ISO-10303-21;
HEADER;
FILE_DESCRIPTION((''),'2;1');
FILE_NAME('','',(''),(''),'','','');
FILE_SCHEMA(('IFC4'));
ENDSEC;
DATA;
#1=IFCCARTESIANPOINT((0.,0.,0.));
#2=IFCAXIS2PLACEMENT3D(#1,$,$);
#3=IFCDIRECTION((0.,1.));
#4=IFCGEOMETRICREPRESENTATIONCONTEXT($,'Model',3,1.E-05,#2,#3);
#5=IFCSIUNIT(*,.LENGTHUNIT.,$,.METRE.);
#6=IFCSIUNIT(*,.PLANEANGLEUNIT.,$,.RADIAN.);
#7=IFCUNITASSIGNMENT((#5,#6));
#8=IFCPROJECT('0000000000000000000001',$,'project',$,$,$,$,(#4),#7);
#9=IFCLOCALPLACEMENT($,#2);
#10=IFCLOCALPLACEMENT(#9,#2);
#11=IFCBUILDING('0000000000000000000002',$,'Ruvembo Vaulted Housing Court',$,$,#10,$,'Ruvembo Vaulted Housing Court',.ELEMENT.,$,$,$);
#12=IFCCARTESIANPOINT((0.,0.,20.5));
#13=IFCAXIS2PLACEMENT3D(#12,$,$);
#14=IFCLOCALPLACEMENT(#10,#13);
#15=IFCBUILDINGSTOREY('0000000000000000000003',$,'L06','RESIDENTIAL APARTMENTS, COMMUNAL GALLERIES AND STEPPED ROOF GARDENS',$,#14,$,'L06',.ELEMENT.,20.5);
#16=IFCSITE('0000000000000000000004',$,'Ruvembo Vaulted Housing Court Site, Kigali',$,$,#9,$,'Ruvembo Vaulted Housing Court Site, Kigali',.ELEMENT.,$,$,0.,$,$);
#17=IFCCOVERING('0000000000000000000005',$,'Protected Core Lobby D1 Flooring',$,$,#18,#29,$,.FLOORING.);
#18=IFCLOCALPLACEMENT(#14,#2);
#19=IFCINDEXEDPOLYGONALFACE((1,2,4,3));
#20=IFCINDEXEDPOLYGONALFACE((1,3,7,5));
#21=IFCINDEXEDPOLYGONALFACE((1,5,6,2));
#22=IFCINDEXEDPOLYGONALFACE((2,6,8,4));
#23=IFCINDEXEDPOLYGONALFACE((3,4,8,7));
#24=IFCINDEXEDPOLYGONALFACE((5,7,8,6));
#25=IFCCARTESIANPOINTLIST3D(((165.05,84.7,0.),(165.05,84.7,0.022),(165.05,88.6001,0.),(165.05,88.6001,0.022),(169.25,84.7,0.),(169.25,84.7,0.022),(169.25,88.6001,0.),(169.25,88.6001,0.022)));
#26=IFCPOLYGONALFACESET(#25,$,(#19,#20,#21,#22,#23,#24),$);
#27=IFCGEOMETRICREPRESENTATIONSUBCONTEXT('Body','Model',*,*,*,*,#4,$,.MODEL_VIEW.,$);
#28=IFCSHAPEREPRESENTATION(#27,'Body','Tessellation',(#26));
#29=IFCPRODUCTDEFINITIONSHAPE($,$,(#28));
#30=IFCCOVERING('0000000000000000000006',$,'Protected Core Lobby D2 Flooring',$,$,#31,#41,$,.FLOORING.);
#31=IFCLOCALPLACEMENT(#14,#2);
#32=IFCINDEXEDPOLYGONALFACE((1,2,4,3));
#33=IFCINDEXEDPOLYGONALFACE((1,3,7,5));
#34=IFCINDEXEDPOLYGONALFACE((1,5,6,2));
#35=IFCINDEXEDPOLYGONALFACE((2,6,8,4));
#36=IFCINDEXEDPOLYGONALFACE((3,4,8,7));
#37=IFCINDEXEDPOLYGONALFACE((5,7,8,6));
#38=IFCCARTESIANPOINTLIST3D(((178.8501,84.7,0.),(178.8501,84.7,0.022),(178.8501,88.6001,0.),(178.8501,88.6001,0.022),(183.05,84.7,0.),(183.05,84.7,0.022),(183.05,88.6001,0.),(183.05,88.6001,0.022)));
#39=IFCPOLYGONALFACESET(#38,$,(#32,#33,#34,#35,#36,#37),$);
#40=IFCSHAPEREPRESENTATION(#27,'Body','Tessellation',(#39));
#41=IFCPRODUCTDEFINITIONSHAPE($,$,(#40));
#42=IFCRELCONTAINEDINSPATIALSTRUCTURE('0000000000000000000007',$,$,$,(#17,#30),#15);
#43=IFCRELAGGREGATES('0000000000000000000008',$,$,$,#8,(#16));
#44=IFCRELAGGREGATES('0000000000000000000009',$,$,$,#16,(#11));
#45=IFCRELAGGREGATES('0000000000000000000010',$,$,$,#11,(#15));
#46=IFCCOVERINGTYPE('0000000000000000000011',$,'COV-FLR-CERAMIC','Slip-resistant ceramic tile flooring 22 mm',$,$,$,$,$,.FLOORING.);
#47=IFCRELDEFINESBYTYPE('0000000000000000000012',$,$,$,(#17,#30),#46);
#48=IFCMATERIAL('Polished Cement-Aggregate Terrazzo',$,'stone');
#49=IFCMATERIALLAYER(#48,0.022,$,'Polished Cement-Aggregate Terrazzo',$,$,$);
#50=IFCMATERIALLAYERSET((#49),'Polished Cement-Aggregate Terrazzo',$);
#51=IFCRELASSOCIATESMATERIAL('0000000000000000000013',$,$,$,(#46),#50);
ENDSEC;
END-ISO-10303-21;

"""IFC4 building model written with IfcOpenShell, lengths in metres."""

from ifc_helpers import new_model, si_unit, direction, frame, origin, place, context, subcontext, project, spatial, polyline, outline, extrude, material, layer, layer_set, type_object, element, save


model = new_model("IFC4")

# Units and contexts
model_context = context("Model", 3, precision=1e-05, world=origin(), true_north=direction((0.0, 1.0)))
body_context = subcontext(model_context, "Body", "Model", "MODEL_VIEW")
ifc_project = project(units=[si_unit("LENGTHUNIT", "METRE"), si_unit("PLANEANGLEUNIT", "RADIAN")], contexts=[model_context])

# Site, building, storey
site_placement = place(None, origin())
site = spatial("IfcSite", under=ifc_project, at=site_placement, Name="Ruvembo Vaulted Housing Court Site, Kigali", LongName="Ruvembo Vaulted Housing Court Site, Kigali", CompositionType="ELEMENT", RefElevation=0.0)
building_placement = place(site_placement, origin())
building = spatial("IfcBuilding", under=site, at=building_placement, Name="Ruvembo Vaulted Housing Court", LongName="Ruvembo Vaulted Housing Court", CompositionType="ELEMENT")
storey_placement = place(building_placement, frame((0.0, 0.0, 20.5)))
storey = spatial("IfcBuildingStorey", under=building, at=storey_placement, Name="L06", Description="RESIDENTIAL APARTMENTS, COMMUNAL GALLERIES AND STEPPED ROOF GARDENS", LongName="L06", CompositionType="ELEMENT", Elevation=20.5)

# Coverings
ifc_material_1 = material(Name="Polished Cement-Aggregate Terrazzo", Category="stone")
ifc_layer_1 = layer(ifc_material_1, 0.022, Name="Polished Cement-Aggregate Terrazzo")
ifc_layer_set_1 = layer_set([ifc_layer_1], Name="Polished Cement-Aggregate Terrazzo")
covering_type_1 = type_object("IfcCoveringType", Name="COV-FLR-CERAMIC", Description="Slip-resistant ceramic tile flooring 22 mm", PredefinedType="FLOORING", material=ifc_layer_set_1)
covering_1_placement = place(storey_placement, origin())
element("IfcCovering", 1, at=covering_1_placement, inside=storey, type_object=covering_type_1, Name="Protected Core Lobby D1 Flooring", PredefinedType="FLOORING", context=body_context, shape_type="SweptSolid", body=[
    extrude(outline(polyline([(169.25, 88.6001), (165.05, 88.6001), (165.05, 84.7), (169.25, 84.7), (169.25, 88.6001)])), origin(), (0.0, 0.0, 1.0), 0.022),
])
covering_2_placement = place(storey_placement, origin())
element("IfcCovering", 2, at=covering_2_placement, inside=storey, type_object=covering_type_1, Name="Protected Core Lobby D2 Flooring", PredefinedType="FLOORING", context=body_context, shape_type="SweptSolid", body=[
    extrude(outline(polyline([(183.05, 88.6001), (178.8501, 88.6001), (178.8501, 84.7), (183.05, 84.7), (183.05, 88.6001)])), origin(), (0.0, 0.0, 1.0), 0.022),
])

save(model, "model.ifc")
